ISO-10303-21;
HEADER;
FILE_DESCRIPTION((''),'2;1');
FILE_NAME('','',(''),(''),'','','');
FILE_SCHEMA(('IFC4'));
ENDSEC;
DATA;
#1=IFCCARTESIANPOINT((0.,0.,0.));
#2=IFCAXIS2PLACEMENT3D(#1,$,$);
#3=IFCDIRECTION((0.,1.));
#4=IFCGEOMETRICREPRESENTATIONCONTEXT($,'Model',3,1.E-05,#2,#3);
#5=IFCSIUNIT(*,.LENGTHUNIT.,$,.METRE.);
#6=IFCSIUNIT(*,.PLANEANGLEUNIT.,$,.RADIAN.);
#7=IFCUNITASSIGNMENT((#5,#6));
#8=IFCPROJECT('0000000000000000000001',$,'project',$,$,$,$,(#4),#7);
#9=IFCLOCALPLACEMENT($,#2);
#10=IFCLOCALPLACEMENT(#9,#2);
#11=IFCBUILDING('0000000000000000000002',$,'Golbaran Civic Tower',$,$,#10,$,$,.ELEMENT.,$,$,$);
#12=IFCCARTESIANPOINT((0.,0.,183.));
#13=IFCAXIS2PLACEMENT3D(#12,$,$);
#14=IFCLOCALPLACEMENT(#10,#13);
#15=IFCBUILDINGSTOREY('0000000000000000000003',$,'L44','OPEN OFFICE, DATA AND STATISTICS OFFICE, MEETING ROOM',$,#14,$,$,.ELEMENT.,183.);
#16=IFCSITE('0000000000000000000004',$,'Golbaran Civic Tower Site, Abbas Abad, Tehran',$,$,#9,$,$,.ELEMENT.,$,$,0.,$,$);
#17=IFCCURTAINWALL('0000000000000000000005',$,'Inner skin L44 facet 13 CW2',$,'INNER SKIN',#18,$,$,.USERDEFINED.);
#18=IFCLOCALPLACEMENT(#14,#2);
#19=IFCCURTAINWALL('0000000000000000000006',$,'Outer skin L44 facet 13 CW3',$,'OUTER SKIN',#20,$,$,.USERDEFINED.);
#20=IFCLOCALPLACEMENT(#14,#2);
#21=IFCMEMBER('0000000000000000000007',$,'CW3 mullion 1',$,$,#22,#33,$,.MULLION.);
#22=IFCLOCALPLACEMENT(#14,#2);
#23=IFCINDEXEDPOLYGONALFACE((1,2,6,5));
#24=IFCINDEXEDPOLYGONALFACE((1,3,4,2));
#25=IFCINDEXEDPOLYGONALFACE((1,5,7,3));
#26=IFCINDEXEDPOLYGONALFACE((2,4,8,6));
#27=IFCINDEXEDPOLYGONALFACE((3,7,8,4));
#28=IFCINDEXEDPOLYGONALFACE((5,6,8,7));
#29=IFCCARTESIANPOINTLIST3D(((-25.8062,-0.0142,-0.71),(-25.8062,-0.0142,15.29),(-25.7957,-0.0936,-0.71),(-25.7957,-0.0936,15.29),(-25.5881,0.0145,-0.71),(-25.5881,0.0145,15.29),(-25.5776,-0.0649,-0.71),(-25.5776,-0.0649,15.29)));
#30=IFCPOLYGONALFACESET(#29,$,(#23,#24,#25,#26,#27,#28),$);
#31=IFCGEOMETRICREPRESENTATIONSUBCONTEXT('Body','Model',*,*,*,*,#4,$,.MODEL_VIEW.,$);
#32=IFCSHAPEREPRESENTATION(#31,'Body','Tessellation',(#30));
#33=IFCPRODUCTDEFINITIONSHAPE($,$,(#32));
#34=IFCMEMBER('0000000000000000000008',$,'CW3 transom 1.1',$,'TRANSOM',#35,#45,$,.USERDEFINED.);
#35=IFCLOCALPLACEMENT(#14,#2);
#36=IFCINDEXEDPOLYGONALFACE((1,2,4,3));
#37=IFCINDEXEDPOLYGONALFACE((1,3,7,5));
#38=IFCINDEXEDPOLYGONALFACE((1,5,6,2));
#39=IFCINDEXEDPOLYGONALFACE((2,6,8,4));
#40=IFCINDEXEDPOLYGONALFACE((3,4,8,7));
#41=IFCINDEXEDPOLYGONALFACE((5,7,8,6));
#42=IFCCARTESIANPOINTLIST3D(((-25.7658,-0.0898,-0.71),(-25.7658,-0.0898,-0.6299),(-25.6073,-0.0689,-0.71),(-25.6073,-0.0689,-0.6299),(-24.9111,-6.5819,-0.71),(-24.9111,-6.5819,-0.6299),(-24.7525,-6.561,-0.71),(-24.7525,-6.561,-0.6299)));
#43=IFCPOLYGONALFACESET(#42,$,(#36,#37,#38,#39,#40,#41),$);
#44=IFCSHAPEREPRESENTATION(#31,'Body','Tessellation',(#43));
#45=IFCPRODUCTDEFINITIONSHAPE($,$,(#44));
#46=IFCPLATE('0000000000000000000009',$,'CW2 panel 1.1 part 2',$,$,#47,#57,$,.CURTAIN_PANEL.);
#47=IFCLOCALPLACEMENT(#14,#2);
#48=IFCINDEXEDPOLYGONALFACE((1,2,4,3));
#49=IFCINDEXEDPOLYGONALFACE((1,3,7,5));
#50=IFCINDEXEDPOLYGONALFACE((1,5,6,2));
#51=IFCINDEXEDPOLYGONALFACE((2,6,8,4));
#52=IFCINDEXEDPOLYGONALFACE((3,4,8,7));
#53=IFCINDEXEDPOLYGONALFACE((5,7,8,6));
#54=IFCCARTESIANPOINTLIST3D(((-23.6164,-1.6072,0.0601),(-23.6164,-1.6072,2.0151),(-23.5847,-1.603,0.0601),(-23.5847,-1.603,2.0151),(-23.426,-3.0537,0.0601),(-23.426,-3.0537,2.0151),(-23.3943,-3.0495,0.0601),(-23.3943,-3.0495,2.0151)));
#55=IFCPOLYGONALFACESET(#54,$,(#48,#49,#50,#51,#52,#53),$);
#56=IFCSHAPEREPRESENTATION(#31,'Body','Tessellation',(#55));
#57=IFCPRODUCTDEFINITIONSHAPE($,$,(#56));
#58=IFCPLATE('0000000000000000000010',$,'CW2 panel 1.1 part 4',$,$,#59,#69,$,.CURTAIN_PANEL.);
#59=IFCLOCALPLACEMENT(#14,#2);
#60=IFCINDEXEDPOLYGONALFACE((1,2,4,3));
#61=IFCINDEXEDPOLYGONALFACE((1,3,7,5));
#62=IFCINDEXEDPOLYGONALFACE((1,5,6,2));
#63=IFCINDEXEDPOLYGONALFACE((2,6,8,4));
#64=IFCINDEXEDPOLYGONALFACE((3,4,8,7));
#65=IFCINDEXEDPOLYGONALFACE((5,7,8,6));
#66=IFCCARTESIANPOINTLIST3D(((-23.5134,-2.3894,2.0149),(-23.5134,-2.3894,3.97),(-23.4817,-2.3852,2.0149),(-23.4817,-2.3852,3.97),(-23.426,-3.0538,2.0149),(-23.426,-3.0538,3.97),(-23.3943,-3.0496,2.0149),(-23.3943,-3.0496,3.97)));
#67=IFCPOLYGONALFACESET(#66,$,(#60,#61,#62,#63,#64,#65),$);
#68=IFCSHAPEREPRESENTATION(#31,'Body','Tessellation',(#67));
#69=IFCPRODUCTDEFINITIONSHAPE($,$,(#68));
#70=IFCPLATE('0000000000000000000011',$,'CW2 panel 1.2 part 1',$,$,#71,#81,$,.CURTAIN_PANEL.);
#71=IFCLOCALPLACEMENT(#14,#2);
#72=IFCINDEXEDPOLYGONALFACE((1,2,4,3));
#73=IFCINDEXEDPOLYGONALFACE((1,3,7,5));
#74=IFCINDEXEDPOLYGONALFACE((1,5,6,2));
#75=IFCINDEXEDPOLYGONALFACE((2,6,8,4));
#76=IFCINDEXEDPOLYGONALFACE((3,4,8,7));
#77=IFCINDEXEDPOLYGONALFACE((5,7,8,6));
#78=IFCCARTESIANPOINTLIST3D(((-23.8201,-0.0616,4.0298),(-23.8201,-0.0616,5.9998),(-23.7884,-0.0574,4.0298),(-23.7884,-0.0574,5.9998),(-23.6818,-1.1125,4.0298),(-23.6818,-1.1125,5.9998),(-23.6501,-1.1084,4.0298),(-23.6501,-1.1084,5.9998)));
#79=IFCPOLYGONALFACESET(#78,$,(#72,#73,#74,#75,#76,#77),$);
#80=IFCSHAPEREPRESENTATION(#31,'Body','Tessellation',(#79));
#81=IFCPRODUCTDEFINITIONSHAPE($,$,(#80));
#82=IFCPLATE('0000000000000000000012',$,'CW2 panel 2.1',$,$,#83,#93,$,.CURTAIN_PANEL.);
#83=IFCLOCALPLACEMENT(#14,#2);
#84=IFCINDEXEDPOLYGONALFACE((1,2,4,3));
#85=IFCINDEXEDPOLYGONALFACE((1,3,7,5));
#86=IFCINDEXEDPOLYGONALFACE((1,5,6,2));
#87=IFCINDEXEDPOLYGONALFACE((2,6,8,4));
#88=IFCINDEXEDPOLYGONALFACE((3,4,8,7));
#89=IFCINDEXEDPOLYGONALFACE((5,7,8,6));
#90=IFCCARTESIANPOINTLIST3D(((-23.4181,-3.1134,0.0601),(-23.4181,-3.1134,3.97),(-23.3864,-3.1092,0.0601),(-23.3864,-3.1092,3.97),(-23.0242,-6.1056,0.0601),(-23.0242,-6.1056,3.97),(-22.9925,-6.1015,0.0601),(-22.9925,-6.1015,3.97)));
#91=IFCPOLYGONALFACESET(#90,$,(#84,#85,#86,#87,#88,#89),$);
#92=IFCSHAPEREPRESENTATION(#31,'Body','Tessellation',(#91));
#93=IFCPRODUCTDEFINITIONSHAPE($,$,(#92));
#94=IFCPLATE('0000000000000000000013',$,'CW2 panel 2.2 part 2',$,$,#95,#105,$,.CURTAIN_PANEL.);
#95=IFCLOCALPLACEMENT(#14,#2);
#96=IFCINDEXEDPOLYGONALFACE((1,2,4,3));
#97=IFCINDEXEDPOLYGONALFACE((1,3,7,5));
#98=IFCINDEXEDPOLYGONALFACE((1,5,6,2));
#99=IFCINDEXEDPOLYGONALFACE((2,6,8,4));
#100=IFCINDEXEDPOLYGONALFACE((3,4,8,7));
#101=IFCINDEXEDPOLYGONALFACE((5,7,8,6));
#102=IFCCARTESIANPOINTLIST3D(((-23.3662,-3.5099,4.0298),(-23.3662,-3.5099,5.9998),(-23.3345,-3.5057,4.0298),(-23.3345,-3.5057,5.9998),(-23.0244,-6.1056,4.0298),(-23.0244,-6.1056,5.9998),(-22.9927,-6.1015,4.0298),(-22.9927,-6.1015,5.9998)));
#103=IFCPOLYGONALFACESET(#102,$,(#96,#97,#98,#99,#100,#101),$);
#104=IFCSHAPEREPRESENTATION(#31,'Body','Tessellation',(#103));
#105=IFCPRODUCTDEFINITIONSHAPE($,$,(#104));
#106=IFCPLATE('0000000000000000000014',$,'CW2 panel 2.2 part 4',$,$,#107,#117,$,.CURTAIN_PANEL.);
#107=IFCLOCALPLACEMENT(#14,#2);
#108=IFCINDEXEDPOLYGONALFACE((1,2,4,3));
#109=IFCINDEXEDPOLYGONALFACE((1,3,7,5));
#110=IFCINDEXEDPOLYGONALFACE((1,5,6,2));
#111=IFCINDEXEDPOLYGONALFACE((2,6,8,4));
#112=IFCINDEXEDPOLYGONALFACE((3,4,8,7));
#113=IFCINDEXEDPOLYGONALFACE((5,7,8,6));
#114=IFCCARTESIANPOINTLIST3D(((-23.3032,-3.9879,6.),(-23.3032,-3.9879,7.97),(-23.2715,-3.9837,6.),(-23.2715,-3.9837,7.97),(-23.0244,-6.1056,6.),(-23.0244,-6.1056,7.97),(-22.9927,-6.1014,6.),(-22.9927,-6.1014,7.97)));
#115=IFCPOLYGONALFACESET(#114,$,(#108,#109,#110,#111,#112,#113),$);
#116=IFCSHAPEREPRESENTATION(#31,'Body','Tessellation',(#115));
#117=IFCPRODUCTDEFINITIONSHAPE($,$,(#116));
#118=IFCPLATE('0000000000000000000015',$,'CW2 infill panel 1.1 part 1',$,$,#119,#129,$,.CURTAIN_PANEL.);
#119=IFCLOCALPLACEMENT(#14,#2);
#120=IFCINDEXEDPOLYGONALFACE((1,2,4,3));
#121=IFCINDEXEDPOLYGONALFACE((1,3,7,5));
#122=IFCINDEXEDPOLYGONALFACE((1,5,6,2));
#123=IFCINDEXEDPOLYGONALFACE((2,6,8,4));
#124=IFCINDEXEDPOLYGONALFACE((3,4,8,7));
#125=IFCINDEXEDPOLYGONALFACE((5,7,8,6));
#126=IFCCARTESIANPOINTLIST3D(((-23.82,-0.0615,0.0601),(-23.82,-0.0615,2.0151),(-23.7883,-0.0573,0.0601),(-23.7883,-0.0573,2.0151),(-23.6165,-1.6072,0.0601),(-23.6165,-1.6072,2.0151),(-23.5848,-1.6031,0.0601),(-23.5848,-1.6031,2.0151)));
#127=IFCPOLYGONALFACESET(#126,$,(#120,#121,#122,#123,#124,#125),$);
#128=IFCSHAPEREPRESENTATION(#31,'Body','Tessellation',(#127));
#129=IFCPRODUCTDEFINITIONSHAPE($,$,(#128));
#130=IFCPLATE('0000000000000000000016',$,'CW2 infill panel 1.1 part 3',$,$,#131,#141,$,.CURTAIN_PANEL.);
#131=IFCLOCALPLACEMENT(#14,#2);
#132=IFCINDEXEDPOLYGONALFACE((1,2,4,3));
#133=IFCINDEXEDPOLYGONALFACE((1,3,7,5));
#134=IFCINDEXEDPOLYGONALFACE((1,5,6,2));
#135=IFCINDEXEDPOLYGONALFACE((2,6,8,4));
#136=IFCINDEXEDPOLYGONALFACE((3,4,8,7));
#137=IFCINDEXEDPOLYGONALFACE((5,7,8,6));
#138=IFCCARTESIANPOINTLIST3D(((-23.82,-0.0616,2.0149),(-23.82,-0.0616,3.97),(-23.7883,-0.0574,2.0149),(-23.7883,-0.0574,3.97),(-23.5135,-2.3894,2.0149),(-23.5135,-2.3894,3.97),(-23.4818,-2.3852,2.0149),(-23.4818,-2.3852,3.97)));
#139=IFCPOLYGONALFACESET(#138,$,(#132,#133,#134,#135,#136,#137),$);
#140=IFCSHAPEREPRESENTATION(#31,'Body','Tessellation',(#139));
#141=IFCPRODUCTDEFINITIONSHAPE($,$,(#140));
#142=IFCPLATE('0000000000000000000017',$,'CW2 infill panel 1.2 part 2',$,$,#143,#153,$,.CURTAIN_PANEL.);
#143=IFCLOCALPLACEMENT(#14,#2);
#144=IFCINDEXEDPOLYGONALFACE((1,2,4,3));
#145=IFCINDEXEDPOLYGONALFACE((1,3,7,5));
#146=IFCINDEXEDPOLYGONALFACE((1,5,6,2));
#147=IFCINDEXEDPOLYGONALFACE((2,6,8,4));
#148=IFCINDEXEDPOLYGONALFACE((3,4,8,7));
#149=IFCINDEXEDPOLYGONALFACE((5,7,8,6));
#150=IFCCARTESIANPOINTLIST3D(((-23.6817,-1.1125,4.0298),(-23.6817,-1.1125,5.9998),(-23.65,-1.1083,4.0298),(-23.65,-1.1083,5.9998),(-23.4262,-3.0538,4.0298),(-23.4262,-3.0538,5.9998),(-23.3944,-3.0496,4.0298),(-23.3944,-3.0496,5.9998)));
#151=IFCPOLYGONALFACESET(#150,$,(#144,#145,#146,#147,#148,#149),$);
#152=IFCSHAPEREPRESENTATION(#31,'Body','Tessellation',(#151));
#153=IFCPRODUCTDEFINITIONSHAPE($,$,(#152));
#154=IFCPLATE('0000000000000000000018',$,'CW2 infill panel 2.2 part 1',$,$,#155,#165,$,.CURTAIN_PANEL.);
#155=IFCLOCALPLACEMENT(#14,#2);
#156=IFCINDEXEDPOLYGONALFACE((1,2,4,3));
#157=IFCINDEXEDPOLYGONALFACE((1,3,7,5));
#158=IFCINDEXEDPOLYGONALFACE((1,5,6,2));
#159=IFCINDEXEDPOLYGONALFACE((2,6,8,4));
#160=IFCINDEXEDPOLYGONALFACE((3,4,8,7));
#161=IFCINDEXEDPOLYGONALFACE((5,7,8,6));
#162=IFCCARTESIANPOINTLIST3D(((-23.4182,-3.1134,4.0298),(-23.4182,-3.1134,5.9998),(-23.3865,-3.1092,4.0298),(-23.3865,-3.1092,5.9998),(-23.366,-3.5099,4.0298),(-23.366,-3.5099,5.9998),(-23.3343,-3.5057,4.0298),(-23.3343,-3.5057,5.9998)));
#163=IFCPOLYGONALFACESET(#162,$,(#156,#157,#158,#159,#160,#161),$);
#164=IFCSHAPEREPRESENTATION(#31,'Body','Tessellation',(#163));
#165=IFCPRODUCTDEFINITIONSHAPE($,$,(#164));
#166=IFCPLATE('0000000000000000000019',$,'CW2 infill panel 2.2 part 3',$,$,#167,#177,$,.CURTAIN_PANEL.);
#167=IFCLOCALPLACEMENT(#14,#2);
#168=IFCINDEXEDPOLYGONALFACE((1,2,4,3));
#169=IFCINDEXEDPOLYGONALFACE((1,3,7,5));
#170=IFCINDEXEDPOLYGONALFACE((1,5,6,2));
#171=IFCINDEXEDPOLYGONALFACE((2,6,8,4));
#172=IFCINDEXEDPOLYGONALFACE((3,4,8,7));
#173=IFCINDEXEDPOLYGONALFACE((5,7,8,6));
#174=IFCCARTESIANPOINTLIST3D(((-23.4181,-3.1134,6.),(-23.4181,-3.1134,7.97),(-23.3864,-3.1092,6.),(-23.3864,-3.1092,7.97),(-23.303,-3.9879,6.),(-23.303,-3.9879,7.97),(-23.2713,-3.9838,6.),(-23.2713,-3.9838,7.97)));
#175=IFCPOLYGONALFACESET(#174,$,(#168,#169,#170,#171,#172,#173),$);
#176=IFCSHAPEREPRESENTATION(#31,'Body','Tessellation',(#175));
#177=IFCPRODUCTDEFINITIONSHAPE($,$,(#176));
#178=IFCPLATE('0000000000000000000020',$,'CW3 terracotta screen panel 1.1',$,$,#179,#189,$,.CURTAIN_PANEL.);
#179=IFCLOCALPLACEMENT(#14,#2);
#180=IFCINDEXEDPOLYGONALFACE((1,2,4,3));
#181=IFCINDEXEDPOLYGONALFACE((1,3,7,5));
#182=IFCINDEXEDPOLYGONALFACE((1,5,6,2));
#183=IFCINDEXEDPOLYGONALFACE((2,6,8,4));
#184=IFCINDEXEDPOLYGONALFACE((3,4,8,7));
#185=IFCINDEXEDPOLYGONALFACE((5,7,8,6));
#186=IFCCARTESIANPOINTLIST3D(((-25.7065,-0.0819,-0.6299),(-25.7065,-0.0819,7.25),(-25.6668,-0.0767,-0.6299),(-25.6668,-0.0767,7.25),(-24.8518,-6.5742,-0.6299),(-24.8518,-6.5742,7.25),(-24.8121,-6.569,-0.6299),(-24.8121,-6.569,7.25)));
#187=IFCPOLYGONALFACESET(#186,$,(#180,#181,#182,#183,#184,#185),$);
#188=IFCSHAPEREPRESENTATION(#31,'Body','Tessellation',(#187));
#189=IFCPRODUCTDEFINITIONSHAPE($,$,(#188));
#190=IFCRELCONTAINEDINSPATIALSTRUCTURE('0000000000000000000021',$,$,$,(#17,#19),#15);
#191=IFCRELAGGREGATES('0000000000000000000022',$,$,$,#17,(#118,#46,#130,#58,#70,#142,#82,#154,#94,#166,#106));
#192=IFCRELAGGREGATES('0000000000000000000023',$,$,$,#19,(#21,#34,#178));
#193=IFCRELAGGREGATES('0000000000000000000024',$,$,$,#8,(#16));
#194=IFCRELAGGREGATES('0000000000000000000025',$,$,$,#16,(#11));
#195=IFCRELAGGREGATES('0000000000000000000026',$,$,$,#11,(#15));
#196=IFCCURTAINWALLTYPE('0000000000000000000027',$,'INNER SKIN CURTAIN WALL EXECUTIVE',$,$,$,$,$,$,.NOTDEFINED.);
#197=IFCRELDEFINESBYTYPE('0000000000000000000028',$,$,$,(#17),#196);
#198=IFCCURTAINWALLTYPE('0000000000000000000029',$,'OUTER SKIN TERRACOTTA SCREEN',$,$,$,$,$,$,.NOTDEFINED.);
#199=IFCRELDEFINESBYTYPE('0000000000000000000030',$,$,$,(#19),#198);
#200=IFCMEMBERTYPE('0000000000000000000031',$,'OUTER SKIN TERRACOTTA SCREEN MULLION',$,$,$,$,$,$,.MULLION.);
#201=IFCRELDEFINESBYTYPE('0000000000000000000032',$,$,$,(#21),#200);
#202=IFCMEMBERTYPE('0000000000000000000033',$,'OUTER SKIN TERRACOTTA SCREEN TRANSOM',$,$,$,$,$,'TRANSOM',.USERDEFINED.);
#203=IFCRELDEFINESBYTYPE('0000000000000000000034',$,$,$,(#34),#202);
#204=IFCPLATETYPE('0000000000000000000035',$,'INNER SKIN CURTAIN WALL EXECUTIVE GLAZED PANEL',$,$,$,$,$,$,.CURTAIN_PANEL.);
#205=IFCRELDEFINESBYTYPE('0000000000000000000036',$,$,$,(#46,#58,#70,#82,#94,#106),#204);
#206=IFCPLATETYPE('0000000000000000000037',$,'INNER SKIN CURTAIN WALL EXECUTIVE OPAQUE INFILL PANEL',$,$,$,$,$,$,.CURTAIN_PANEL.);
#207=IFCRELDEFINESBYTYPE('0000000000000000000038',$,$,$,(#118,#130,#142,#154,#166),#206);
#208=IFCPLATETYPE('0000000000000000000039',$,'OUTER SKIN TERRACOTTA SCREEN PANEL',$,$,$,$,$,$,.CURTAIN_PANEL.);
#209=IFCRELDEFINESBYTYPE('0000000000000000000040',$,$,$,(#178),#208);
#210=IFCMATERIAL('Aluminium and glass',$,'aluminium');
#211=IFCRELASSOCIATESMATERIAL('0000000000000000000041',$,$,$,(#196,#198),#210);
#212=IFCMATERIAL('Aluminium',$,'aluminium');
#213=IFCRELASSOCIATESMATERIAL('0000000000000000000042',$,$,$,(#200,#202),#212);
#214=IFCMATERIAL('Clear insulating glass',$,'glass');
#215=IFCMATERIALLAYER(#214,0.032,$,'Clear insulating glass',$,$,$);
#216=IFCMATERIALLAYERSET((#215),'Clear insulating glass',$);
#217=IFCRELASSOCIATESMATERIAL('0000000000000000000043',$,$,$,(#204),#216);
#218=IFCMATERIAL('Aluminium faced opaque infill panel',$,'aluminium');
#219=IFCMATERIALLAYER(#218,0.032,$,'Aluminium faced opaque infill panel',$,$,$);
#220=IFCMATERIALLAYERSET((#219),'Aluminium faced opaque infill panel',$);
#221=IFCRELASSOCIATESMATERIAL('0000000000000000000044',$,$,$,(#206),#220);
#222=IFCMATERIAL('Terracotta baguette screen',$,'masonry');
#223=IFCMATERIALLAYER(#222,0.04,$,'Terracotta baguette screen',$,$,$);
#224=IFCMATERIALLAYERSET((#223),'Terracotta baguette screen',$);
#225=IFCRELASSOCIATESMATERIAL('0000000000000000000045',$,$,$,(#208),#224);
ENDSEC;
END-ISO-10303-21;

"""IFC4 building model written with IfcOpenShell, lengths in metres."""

from ifc_helpers import new_model, si_unit, direction, frame, origin, origin_2d, place, context, subcontext, project, spatial, rectangle, extrude, material, layer, layer_set, material_profile, profile_set, type_object, element, aggregate, save


model = new_model("IFC4")

# Units and contexts
model_context = context("Model", 3, precision=1e-05, world=origin(), true_north=direction((0.0, 1.0)))
body_context = subcontext(model_context, "Body", "Model", "MODEL_VIEW")
ifc_project = project(units=[si_unit("LENGTHUNIT", "METRE"), si_unit("PLANEANGLEUNIT", "RADIAN")], contexts=[model_context])

# Site, building, storey
site_placement = place(None, origin())
site = spatial("IfcSite", under=ifc_project, at=site_placement, Name="Golbaran Civic Tower Site, Abbas Abad, Tehran", CompositionType="ELEMENT", RefElevation=0.0)
building_placement = place(site_placement, origin())
building = spatial("IfcBuilding", under=site, at=building_placement, Name="Golbaran Civic Tower", CompositionType="ELEMENT")
storey_placement = place(building_placement, frame((0.0, 0.0, 183.0)))
storey = spatial("IfcBuildingStorey", under=building, at=storey_placement, Name="L44", Description="OPEN OFFICE, DATA AND STATISTICS OFFICE, MEETING ROOM", CompositionType="ELEMENT", Elevation=183.0)

# Curtain walls, members
ifc_material_1 = material(Name="Aluminium and glass", Category="aluminium")
curtain_wall_type_1 = type_object("IfcCurtainWallType", Name="INNER SKIN CURTAIN WALL EXECUTIVE", PredefinedType="NOTDEFINED", material=ifc_material_1)
curtain_wall_1_placement = place(storey_placement, origin())
curtain_wall_1 = element("IfcCurtainWall", 1, at=curtain_wall_1_placement, inside=storey, type_object=curtain_wall_type_1, Name="Inner skin L44 facet 13 CW2", ObjectType="INNER SKIN", PredefinedType="USERDEFINED")
ifc_material_2 = material(Name="Aluminium", Category="aluminium")
curtain_wall_type_2 = type_object("IfcCurtainWallType", Name="OUTER SKIN TERRACOTTA SCREEN", PredefinedType="NOTDEFINED", material=ifc_material_1)
curtain_wall_2_placement = place(storey_placement, origin())
curtain_wall_2 = element("IfcCurtainWall", 2, at=curtain_wall_2_placement, inside=storey, type_object=curtain_wall_type_2, Name="Outer skin L44 facet 13 CW3", ObjectType="OUTER SKIN", PredefinedType="USERDEFINED")
ifc_material_profile_1 = material_profile(ifc_material_2, rectangle(XDim=0.22, YDim=0.0801, at=origin_2d()), Name="OUTER SKIN TERRACOTTA SCREEN MULLION")
ifc_profile_set_1 = profile_set([ifc_material_profile_1], Name="Aluminium")
member_type_1 = type_object("IfcMemberType", Name="OUTER SKIN TERRACOTTA SCREEN MULLION", PredefinedType="MULLION", material=ifc_profile_set_1)
member_1_placement = place(storey_placement, frame((-25.6919, -0.0396, -0.71), z_axis=(0.0, 0.0, 1.0), x_axis=(0.991445, 0.130526, 0.0)))
member_1 = element("IfcMember", 3, at=member_1_placement, type_object=member_type_1, Name="CW3 mullion 1", PredefinedType="MULLION", context=body_context, shape_type="SweptSolid", body=[
    extrude(rectangle(XDim=0.22, YDim=0.0801, at=origin_2d()), origin(), (0.0, 0.0, 1.0), 16.0),
])
ifc_material_profile_2 = material_profile(ifc_material_2, rectangle(XDim=0.1599, YDim=0.0801, at=origin_2d()), Name="OUTER SKIN TERRACOTTA SCREEN TRANSOM")
ifc_profile_set_2 = profile_set([ifc_material_profile_2], Name="Aluminium")
member_type_2 = type_object("IfcMemberType", Name="OUTER SKIN TERRACOTTA SCREEN TRANSOM", ElementType="TRANSOM", PredefinedType="USERDEFINED", material=ifc_profile_set_2)
member_2_placement = place(storey_placement, frame((-25.6865, -0.0793, -0.6699), z_axis=(0.13053, -0.991444, 0.0), x_axis=(0.991444, 0.13053, 0.0)))
member_2 = element("IfcMember", 4, at=member_2_placement, type_object=member_type_2, Name="CW3 transom 1.1", ObjectType="TRANSOM", PredefinedType="USERDEFINED", context=body_context, shape_type="SweptSolid", body=[
    extrude(rectangle(XDim=0.1599, YDim=0.0801, at=origin_2d()), origin(), (0.0, 0.0, 1.0), 6.5481),
])

# Plates
ifc_material_3 = material(Name="Clear insulating glass", Category="glass")
ifc_layer_1 = layer(ifc_material_3, 0.032, Name="Clear insulating glass")
ifc_layer_set_1 = layer_set([ifc_layer_1], Name="Clear insulating glass")
plate_type_1 = type_object("IfcPlateType", Name="INNER SKIN CURTAIN WALL EXECUTIVE GLAZED PANEL", PredefinedType="CURTAIN_PANEL", material=ifc_layer_set_1)
plate_1_placement = place(storey_placement, frame((-23.5054, -2.3284, 0.0601), z_axis=(0.0, 0.0, 1.0), x_axis=(0.130526, -0.991445, 0.0)))
plate_1 = element("IfcPlate", 5, at=plate_1_placement, type_object=plate_type_1, Name="CW2 panel 1.1 part 2", PredefinedType="CURTAIN_PANEL", context=body_context, shape_type="SweptSolid", body=[
    extrude(rectangle(XDim=1.459, YDim=0.032, at=origin_2d()), origin(), (0.0, 0.0, 1.0), 1.9551),
])
plate_2_placement = place(storey_placement, frame((-23.4539, -2.7195, 2.0149), z_axis=(0.0, 0.0, 1.0), x_axis=(0.130526, -0.991445, 0.0)))
plate_2 = element("IfcPlate", 6, at=plate_2_placement, type_object=plate_type_1, Name="CW2 panel 1.1 part 4", PredefinedType="CURTAIN_PANEL", context=body_context, shape_type="SweptSolid", body=[
    extrude(rectangle(XDim=0.6702, YDim=0.032, at=origin_2d()), origin(), (0.0, 0.0, 1.0), 1.9551),
])
plate_3_placement = place(storey_placement, frame((-23.7351, -0.585, 4.0298), z_axis=(0.0, 0.0, 1.0), x_axis=(0.130526, -0.991445, 0.0)))
plate_3 = element("IfcPlate", 7, at=plate_3_placement, type_object=plate_type_1, Name="CW2 panel 1.2 part 1", PredefinedType="CURTAIN_PANEL", context=body_context, shape_type="SweptSolid", body=[
    extrude(rectangle(XDim=1.0601, YDim=0.032, at=origin_2d()), origin(), (0.0, 0.0, 1.0), 1.97),
])
plate_4_placement = place(storey_placement, frame((-23.2053, -4.6074, 0.0601), z_axis=(0.0, 0.0, 1.0), x_axis=(0.130526, -0.991445, 0.0)))
plate_4 = element("IfcPlate", 8, at=plate_4_placement, type_object=plate_type_1, Name="CW2 panel 2.1", PredefinedType="CURTAIN_PANEL", context=body_context, shape_type="SweptSolid", body=[
    extrude(rectangle(XDim=3.0181, YDim=0.032, at=origin_2d()), origin(), (0.0, 0.0, 1.0), 3.9099),
])
plate_5_placement = place(storey_placement, frame((-23.1794, -4.8057, 4.0298), z_axis=(0.0, 0.0, 1.0), x_axis=(0.130526, -0.991445, 0.0)))
plate_5 = element("IfcPlate", 9, at=plate_5_placement, type_object=plate_type_1, Name="CW2 panel 2.2 part 2", PredefinedType="CURTAIN_PANEL", context=body_context, shape_type="SweptSolid", body=[
    extrude(rectangle(XDim=2.6182, YDim=0.032, at=origin_2d()), origin(), (0.0, 0.0, 1.0), 1.97),
])
plate_6_placement = place(storey_placement, frame((-23.1479, -5.0447, 6.0), z_axis=(0.0, 0.0, 1.0), x_axis=(0.130526, -0.991445, 0.0)))
plate_6 = element("IfcPlate", 10, at=plate_6_placement, type_object=plate_type_1, Name="CW2 panel 2.2 part 4", PredefinedType="CURTAIN_PANEL", context=body_context, shape_type="SweptSolid", body=[
    extrude(rectangle(XDim=2.136, YDim=0.032, at=origin_2d()), origin(), (0.0, 0.0, 1.0), 1.97),
])
ifc_material_4 = material(Name="Aluminium faced opaque infill panel", Category="aluminium")
ifc_layer_2 = layer(ifc_material_4, 0.032, Name="Aluminium faced opaque infill panel")
ifc_layer_set_2 = layer_set([ifc_layer_2], Name="Aluminium faced opaque infill panel")
plate_type_2 = type_object("IfcPlateType", Name="INNER SKIN CURTAIN WALL EXECUTIVE OPAQUE INFILL PANEL", PredefinedType="CURTAIN_PANEL", material=ifc_layer_set_2)
plate_7_placement = place(storey_placement, frame((-23.7024, -0.8323, 0.0601), z_axis=(0.0, 0.0, 1.0), x_axis=(0.130526, -0.991445, 0.0)))
plate_7 = element("IfcPlate", 11, at=plate_7_placement, type_object=plate_type_2, Name="CW2 infill panel 1.1 part 1", PredefinedType="CURTAIN_PANEL", context=body_context, shape_type="SweptSolid", body=[
    extrude(rectangle(XDim=1.5591, YDim=0.032, at=origin_2d()), origin(), (0.0, 0.0, 1.0), 1.9551),
])
plate_8_placement = place(storey_placement, frame((-23.6509, -1.2234, 2.0149), z_axis=(0.0, 0.0, 1.0), x_axis=(0.130526, -0.991445, 0.0)))
plate_8 = element("IfcPlate", 12, at=plate_8_placement, type_object=plate_type_2, Name="CW2 infill panel 1.1 part 3", PredefinedType="CURTAIN_PANEL", context=body_context, shape_type="SweptSolid", body=[
    extrude(rectangle(XDim=2.3479, YDim=0.032, at=origin_2d()), origin(), (0.0, 0.0, 1.0), 1.9551),
])
plate_9_placement = place(storey_placement, frame((-23.5381, -2.0811, 4.0298), z_axis=(0.0, 0.0, 1.0), x_axis=(0.130526, -0.991445, 0.0)))
plate_9 = element("IfcPlate", 13, at=plate_9_placement, type_object=plate_type_2, Name="CW2 infill panel 1.2 part 2", PredefinedType="CURTAIN_PANEL", context=body_context, shape_type="SweptSolid", body=[
    extrude(rectangle(XDim=1.958, YDim=0.032, at=origin_2d()), origin(), (0.0, 0.0, 1.0), 1.97),
])
plate_10_placement = place(storey_placement, frame((-23.3762, -3.3096, 4.0298), z_axis=(0.0, 0.0, 1.0), x_axis=(0.130526, -0.991445, 0.0)))
plate_10 = element("IfcPlate", 14, at=plate_10_placement, type_object=plate_type_2, Name="CW2 infill panel 2.2 part 1", PredefinedType="CURTAIN_PANEL", context=body_context, shape_type="SweptSolid", body=[
    extrude(rectangle(XDim=0.3999, YDim=0.032, at=origin_2d()), origin(), (0.0, 0.0, 1.0), 1.97),
])
plate_11_placement = place(storey_placement, frame((-23.3447, -3.5486, 6.0), z_axis=(0.0, 0.0, 1.0), x_axis=(0.130526, -0.991445, 0.0)))
plate_11 = element("IfcPlate", 15, at=plate_11_placement, type_object=plate_type_2, Name="CW2 infill panel 2.2 part 3", PredefinedType="CURTAIN_PANEL", context=body_context, shape_type="SweptSolid", body=[
    extrude(rectangle(XDim=0.8821, YDim=0.032, at=origin_2d()), origin(), (0.0, 0.0, 1.0), 1.97),
])
aggregate(curtain_wall_1, [plate_7, plate_1, plate_8, plate_2, plate_3, plate_9, plate_4, plate_10, plate_5, plate_11, plate_6])
ifc_material_5 = material(Name="Terracotta baguette screen", Category="masonry")
ifc_layer_3 = layer(ifc_material_5, 0.04, Name="Terracotta baguette screen")
ifc_layer_set_3 = layer_set([ifc_layer_3], Name="Terracotta baguette screen")
plate_type_3 = type_object("IfcPlateType", Name="OUTER SKIN TERRACOTTA SCREEN PANEL", PredefinedType="CURTAIN_PANEL", material=ifc_layer_set_3)
plate_12_placement = place(storey_placement, frame((-25.2593, -3.3254, -0.6299), z_axis=(0.0, 0.0, 1.0), x_axis=(0.130526, -0.991445, 0.0)))
plate_12 = element("IfcPlate", 16, at=plate_12_placement, type_object=plate_type_3, Name="CW3 terracotta screen panel 1.1", PredefinedType="CURTAIN_PANEL", context=body_context, shape_type="SweptSolid", body=[
    extrude(rectangle(XDim=6.5483, YDim=0.04, at=origin_2d()), origin(), (0.0, 0.0, 1.0), 7.8799),
])
aggregate(curtain_wall_2, [member_1, member_2, plate_12])

save(model, "model.ifc")
